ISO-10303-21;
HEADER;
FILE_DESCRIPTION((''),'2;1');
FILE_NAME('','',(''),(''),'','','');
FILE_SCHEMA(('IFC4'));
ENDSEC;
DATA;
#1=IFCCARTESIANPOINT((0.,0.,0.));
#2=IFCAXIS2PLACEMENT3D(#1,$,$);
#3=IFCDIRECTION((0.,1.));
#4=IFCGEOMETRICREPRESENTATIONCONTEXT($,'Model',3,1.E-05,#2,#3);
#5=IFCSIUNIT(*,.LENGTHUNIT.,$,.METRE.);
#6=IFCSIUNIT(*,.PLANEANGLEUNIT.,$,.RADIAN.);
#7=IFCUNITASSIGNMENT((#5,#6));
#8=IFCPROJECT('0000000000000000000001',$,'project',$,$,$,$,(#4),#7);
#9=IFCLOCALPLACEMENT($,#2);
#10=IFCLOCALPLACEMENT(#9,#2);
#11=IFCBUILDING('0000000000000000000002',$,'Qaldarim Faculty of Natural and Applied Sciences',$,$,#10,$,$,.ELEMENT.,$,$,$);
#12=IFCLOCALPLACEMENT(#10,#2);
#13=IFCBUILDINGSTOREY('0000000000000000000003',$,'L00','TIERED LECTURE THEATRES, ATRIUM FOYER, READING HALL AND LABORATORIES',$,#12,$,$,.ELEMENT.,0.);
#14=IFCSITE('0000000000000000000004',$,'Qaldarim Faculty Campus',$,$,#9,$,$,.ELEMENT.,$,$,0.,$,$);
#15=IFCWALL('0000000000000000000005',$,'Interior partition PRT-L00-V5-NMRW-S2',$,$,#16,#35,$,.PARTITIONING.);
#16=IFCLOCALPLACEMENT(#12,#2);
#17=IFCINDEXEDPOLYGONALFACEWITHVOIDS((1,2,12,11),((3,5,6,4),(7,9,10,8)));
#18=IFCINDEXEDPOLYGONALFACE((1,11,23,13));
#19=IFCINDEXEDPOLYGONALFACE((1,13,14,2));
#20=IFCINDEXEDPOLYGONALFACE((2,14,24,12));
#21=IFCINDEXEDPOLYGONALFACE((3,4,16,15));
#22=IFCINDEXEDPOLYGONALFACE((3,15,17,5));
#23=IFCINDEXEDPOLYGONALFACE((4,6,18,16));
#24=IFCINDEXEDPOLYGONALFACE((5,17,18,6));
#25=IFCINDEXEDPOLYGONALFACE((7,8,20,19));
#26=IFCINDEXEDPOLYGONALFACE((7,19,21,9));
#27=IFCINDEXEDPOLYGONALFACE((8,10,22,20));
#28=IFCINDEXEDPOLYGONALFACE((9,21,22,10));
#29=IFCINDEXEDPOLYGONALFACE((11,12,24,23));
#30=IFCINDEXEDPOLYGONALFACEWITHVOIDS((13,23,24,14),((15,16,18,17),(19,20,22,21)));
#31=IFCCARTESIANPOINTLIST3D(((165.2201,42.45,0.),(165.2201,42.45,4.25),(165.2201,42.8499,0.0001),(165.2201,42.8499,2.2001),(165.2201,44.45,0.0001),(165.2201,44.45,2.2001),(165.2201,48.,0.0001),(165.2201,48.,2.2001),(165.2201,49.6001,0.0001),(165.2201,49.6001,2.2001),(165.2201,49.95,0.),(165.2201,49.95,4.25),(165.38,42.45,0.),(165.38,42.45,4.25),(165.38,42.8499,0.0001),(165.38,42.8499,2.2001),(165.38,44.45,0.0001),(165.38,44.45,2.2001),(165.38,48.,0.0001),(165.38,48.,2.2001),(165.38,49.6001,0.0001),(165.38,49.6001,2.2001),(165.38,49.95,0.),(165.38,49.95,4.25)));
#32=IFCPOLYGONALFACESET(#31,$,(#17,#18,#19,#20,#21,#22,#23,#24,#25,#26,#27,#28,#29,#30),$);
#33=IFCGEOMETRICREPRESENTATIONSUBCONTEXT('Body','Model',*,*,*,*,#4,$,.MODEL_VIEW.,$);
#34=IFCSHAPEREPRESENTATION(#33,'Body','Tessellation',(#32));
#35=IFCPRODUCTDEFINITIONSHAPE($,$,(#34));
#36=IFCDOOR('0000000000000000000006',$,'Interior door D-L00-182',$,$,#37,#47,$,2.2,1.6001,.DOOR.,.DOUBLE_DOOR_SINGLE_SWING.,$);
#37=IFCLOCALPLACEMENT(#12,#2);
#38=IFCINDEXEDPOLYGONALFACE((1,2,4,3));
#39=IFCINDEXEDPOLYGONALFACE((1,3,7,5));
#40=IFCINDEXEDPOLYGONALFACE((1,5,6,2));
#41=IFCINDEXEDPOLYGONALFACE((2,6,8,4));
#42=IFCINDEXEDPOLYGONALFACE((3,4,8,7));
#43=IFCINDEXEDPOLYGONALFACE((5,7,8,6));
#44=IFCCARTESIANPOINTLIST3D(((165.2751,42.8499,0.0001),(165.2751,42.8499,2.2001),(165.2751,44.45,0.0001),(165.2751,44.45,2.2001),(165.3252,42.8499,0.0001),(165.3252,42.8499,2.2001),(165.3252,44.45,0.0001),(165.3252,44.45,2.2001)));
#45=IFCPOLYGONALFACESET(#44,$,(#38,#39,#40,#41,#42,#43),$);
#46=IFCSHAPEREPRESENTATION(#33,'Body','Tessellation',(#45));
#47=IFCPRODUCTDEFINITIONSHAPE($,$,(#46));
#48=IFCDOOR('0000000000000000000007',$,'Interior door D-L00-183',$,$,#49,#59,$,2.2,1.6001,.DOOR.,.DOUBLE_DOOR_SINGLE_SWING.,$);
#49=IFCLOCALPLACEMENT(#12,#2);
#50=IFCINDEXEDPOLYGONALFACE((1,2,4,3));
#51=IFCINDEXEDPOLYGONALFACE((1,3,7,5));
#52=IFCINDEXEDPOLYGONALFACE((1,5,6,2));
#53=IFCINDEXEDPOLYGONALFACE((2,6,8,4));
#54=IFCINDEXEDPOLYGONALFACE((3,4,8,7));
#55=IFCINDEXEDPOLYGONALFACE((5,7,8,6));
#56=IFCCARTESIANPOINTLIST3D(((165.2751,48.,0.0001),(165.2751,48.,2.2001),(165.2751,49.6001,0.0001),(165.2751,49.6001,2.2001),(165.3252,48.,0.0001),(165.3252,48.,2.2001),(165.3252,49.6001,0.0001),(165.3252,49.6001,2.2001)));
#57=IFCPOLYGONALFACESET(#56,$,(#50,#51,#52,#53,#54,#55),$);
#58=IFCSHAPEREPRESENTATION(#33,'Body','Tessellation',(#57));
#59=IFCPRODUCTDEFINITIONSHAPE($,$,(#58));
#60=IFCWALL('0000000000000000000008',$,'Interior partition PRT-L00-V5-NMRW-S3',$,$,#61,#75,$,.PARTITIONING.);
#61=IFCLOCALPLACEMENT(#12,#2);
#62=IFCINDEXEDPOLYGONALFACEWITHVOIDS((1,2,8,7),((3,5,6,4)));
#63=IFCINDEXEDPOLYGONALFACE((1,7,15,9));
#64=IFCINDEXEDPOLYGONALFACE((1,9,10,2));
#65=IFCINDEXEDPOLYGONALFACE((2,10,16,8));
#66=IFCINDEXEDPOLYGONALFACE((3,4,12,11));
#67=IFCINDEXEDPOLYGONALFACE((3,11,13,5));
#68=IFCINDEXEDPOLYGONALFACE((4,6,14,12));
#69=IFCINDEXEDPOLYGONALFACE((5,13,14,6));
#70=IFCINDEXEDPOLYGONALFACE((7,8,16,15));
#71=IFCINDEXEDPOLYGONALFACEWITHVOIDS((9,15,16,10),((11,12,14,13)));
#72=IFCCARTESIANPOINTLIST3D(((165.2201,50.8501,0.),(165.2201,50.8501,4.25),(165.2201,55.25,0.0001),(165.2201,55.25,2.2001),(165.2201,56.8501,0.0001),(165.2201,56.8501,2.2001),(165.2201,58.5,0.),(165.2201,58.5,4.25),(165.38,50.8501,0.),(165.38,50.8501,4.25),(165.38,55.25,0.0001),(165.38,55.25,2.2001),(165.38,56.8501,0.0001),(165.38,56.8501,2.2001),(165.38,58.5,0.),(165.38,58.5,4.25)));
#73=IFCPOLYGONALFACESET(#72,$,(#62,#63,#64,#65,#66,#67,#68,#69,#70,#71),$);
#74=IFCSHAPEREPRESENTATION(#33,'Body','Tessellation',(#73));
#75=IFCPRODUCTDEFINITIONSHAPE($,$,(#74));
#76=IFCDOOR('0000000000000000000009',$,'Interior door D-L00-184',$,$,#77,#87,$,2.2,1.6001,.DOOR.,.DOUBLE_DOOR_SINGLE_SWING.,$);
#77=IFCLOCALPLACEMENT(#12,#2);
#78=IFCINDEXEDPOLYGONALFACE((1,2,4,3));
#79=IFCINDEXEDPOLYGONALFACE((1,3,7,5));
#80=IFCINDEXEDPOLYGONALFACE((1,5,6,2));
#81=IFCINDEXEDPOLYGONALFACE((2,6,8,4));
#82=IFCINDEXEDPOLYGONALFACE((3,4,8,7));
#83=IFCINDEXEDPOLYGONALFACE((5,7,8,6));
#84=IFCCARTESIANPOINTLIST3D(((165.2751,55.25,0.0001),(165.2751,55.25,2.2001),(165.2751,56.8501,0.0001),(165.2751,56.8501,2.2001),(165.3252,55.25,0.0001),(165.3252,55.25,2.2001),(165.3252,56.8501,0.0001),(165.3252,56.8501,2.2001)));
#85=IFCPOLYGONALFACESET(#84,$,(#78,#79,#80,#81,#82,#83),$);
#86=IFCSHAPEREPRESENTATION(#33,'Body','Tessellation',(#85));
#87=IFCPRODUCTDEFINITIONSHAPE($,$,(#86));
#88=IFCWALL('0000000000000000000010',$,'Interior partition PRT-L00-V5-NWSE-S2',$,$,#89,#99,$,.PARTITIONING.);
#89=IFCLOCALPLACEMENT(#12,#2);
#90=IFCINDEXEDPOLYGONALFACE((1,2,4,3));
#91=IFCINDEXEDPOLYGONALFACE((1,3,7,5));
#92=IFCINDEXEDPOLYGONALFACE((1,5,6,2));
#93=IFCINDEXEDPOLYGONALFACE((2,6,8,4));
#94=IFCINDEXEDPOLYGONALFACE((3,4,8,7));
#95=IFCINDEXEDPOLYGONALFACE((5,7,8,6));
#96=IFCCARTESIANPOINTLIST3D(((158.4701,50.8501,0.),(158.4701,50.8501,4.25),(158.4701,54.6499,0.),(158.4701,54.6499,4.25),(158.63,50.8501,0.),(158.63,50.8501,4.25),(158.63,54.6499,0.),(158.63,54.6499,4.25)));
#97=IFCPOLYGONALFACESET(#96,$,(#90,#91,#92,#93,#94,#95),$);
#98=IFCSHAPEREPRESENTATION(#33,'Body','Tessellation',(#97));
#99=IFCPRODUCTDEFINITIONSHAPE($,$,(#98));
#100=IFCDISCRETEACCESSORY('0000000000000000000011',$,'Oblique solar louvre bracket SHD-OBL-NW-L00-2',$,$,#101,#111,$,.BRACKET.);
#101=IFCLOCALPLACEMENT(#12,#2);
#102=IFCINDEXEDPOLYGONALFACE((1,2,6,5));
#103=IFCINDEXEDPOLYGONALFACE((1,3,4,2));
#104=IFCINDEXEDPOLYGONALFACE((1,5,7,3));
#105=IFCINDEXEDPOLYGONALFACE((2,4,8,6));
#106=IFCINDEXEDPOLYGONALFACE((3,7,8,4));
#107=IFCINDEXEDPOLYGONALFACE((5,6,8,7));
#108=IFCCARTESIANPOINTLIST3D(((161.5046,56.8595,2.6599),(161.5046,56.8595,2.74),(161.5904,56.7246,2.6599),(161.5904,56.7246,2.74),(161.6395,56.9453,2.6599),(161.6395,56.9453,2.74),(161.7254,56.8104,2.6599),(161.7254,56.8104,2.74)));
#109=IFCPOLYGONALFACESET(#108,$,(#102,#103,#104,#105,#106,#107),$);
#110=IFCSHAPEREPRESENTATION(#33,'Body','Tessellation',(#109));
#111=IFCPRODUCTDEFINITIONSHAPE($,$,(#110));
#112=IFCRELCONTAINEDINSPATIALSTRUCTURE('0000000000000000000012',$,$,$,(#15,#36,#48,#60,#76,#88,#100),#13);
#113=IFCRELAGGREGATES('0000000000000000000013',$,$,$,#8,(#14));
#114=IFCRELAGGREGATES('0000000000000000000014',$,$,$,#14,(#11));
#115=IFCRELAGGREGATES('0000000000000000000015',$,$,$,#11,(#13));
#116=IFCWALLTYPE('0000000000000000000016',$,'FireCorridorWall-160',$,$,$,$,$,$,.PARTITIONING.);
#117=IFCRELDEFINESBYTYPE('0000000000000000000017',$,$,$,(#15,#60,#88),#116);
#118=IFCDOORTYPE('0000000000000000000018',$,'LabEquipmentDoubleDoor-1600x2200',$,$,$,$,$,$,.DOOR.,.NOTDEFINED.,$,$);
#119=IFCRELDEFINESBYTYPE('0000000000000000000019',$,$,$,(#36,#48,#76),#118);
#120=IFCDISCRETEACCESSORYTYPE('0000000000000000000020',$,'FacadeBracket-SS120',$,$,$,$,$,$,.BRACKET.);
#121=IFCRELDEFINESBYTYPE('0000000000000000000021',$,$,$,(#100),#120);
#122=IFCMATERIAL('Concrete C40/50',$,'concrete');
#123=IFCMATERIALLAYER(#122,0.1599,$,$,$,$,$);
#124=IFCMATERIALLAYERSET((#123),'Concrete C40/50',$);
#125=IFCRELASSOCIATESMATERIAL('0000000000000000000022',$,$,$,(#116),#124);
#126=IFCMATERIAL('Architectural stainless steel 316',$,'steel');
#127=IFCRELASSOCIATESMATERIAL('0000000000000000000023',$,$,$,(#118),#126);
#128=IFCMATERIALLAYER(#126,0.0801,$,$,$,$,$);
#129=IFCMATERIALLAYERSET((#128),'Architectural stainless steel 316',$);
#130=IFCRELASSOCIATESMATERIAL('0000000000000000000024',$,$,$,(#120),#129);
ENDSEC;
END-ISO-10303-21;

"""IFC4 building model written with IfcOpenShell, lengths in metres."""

from ifc_helpers import new_model, si_unit, direction, frame, frame_2d, origin, origin_2d, place, context, subcontext, project, spatial, rectangle, extrude, material, layer, layer_set, type_object, element, fill, save


model = new_model("IFC4")

# Units and contexts
model_context = context("Model", 3, precision=1e-05, world=origin(), true_north=direction((0.0, 1.0)))
body_context = subcontext(model_context, "Body", "Model", "MODEL_VIEW")
ifc_project = project(units=[si_unit("LENGTHUNIT", "METRE"), si_unit("PLANEANGLEUNIT", "RADIAN")], contexts=[model_context])

# Site, building, storey
site_placement = place(None, origin())
site = spatial("IfcSite", under=ifc_project, at=site_placement, Name="Qaldarim Faculty Campus", CompositionType="ELEMENT", RefElevation=0.0)
building_placement = place(site_placement, origin())
building = spatial("IfcBuilding", under=site, at=building_placement, Name="Qaldarim Faculty of Natural and Applied Sciences", CompositionType="ELEMENT")
storey_placement = place(building_placement, origin())
storey = spatial("IfcBuildingStorey", under=building, at=storey_placement, Name="L00", Description="TIERED LECTURE THEATRES, ATRIUM FOYER, READING HALL AND LABORATORIES", CompositionType="ELEMENT", Elevation=0.0)

# Shared definitions
ifc_material_1 = material(Name="Concrete C40/50", Category="concrete")

# Wall, openings, doors
ifc_layer_1 = layer(ifc_material_1, 0.1599)
ifc_layer_set_1 = layer_set([ifc_layer_1], Name="Concrete C40/50")
wall_type_1 = type_object("IfcWallType", Name="FireCorridorWall-160", PredefinedType="PARTITIONING", material=ifc_layer_set_1)
wall_1_placement = place(storey_placement, frame((165.3, 42.45, 0.0), z_axis=(0.0, 0.0, 1.0), x_axis=(0.0, 1.0, 0.0)))
wall_1 = element("IfcWall", 1, at=wall_1_placement, inside=storey, type_object=wall_type_1, Name="Interior partition PRT-L00-V5-NMRW-S2", PredefinedType="PARTITIONING", context=body_context, shape_type="SweptSolid", body=[
    extrude(rectangle(XDim=7.5, YDim=0.1599, at=frame_2d((3.75, 0.0))), origin(), (0.0, 0.0, 1.0), 4.25),
])
opening_1_placement = place(wall_1_placement, frame((0.3999, 0.0, 0.0)))
opening_1 = element("IfcOpeningElement", 2, at=opening_1_placement, cuts=wall_1, PredefinedType="OPENING", context=body_context, shape_type="SweptSolid", body=[
    extrude(rectangle(XDim=1.6001, YDim=2.2, at=frame_2d((0.8, 1.1001))), frame((0.0, 0.0898, 0.0), z_axis=(0.0, -1.0, 0.0), x_axis=(1.0, 0.0, 0.0)), (0.0, 0.0, 1.0), 0.1799),
])
opening_2_placement = place(wall_1_placement, frame((5.55, 0.0, 0.0)))
opening_2 = element("IfcOpeningElement", 3, at=opening_2_placement, cuts=wall_1, PredefinedType="OPENING", context=body_context, shape_type="SweptSolid", body=[
    extrude(rectangle(XDim=1.6001, YDim=2.2, at=frame_2d((0.8, 1.1001))), frame((0.0, 0.0898, 0.0), z_axis=(0.0, -1.0, 0.0), x_axis=(1.0, 0.0, 0.0)), (0.0, 0.0, 1.0), 0.1799),
])
ifc_material_2 = material(Name="Architectural stainless steel 316", Category="steel")
door_type_1 = type_object("IfcDoorType", Name="LabEquipmentDoubleDoor-1600x2200", OperationType="NOTDEFINED", PredefinedType="DOOR", material=ifc_material_2)
door_1_placement = place(opening_1_placement, origin())
door_1 = element("IfcDoor", 4, at=door_1_placement, inside=storey, type_object=door_type_1, Name="Interior door D-L00-182", OperationType="DOUBLE_DOOR_SINGLE_SWING", OverallHeight=2.2, OverallWidth=1.6001, PredefinedType="DOOR", context=body_context, shape_type="SweptSolid", body=[
    extrude(rectangle(XDim=1.6001, YDim=2.2, at=frame_2d((0.8, 1.1001))), frame((0.0, 0.0249, 0.0), z_axis=(0.0, -1.0, 0.0), x_axis=(1.0, 0.0, 0.0)), (0.0, 0.0, 1.0), 0.05),
])
fill(opening_1, door_1)
door_2_placement = place(opening_2_placement, origin())
door_2 = element("IfcDoor", 5, at=door_2_placement, inside=storey, type_object=door_type_1, Name="Interior door D-L00-183", OperationType="DOUBLE_DOOR_SINGLE_SWING", OverallHeight=2.2, OverallWidth=1.6001, PredefinedType="DOOR", context=body_context, shape_type="SweptSolid", body=[
    extrude(rectangle(XDim=1.6001, YDim=2.2, at=frame_2d((0.8, 1.1001))), frame((0.0, 0.0249, 0.0), z_axis=(0.0, -1.0, 0.0), x_axis=(1.0, 0.0, 0.0)), (0.0, 0.0, 1.0), 0.05),
])
fill(opening_2, door_2)

# Wall, opening, door
wall_2_placement = place(storey_placement, frame((165.3, 50.8501, 0.0), z_axis=(0.0, 0.0, 1.0), x_axis=(0.0, 1.0, 0.0)))
wall_2 = element("IfcWall", 6, at=wall_2_placement, inside=storey, type_object=wall_type_1, Name="Interior partition PRT-L00-V5-NMRW-S3", PredefinedType="PARTITIONING", context=body_context, shape_type="SweptSolid", body=[
    extrude(rectangle(XDim=7.6499, YDim=0.1599, at=frame_2d((3.825, 0.0))), origin(), (0.0, 0.0, 1.0), 4.25),
])
opening_3_placement = place(wall_2_placement, frame((4.3999, 0.0, 0.0)))
opening_3 = element("IfcOpeningElement", 7, at=opening_3_placement, cuts=wall_2, PredefinedType="OPENING", context=body_context, shape_type="SweptSolid", body=[
    extrude(rectangle(XDim=1.6001, YDim=2.2, at=frame_2d((0.8, 1.1001))), frame((0.0, 0.0898, 0.0), z_axis=(0.0, -1.0, 0.0), x_axis=(1.0, 0.0, 0.0)), (0.0, 0.0, 1.0), 0.1799),
])
door_3_placement = place(opening_3_placement, origin())
door_3 = element("IfcDoor", 8, at=door_3_placement, inside=storey, type_object=door_type_1, Name="Interior door D-L00-184", OperationType="DOUBLE_DOOR_SINGLE_SWING", OverallHeight=2.2, OverallWidth=1.6001, PredefinedType="DOOR", context=body_context, shape_type="SweptSolid", body=[
    extrude(rectangle(XDim=1.6001, YDim=2.2, at=frame_2d((0.8, 1.1001))), frame((0.0, 0.0249, 0.0), z_axis=(0.0, -1.0, 0.0), x_axis=(1.0, 0.0, 0.0)), (0.0, 0.0, 1.0), 0.05),
])
fill(opening_3, door_3)

# Wall
wall_3_placement = place(storey_placement, frame((158.55, 50.8501, 0.0), z_axis=(0.0, 0.0, 1.0), x_axis=(0.0, 1.0, 0.0)))
element("IfcWall", 9, at=wall_3_placement, inside=storey, type_object=wall_type_1, Name="Interior partition PRT-L00-V5-NWSE-S2", PredefinedType="PARTITIONING", context=body_context, shape_type="SweptSolid", body=[
    extrude(rectangle(XDim=3.7998, YDim=0.1599, at=frame_2d((1.8999, 0.0))), origin(), (0.0, 0.0, 1.0), 4.25),
])

# Discrete accessory
ifc_layer_2 = layer(ifc_material_2, 0.0801)
ifc_layer_set_2 = layer_set([ifc_layer_2], Name="Architectural stainless steel 316")
discrete_accessory_type = type_object("IfcDiscreteAccessoryType", Name="FacadeBracket-SS120", PredefinedType="BRACKET", material=ifc_layer_set_2)
discrete_accessory_placement = place(storey_placement, frame((161.615, 56.835, 2.6599), z_axis=(0.0, 0.0, 1.0), x_axis=(0.843776, 0.536696, 0.0)))
element("IfcDiscreteAccessory", 10, at=discrete_accessory_placement, inside=storey, type_object=discrete_accessory_type, Name="Oblique solar louvre bracket SHD-OBL-NW-L00-2", PredefinedType="BRACKET", context=body_context, shape_type="SweptSolid", body=[
    extrude(rectangle(XDim=0.1599, YDim=0.1599, at=origin_2d()), origin(), (0.0, 0.0, 1.0), 0.0801),
])

save(model, "model.ifc")
